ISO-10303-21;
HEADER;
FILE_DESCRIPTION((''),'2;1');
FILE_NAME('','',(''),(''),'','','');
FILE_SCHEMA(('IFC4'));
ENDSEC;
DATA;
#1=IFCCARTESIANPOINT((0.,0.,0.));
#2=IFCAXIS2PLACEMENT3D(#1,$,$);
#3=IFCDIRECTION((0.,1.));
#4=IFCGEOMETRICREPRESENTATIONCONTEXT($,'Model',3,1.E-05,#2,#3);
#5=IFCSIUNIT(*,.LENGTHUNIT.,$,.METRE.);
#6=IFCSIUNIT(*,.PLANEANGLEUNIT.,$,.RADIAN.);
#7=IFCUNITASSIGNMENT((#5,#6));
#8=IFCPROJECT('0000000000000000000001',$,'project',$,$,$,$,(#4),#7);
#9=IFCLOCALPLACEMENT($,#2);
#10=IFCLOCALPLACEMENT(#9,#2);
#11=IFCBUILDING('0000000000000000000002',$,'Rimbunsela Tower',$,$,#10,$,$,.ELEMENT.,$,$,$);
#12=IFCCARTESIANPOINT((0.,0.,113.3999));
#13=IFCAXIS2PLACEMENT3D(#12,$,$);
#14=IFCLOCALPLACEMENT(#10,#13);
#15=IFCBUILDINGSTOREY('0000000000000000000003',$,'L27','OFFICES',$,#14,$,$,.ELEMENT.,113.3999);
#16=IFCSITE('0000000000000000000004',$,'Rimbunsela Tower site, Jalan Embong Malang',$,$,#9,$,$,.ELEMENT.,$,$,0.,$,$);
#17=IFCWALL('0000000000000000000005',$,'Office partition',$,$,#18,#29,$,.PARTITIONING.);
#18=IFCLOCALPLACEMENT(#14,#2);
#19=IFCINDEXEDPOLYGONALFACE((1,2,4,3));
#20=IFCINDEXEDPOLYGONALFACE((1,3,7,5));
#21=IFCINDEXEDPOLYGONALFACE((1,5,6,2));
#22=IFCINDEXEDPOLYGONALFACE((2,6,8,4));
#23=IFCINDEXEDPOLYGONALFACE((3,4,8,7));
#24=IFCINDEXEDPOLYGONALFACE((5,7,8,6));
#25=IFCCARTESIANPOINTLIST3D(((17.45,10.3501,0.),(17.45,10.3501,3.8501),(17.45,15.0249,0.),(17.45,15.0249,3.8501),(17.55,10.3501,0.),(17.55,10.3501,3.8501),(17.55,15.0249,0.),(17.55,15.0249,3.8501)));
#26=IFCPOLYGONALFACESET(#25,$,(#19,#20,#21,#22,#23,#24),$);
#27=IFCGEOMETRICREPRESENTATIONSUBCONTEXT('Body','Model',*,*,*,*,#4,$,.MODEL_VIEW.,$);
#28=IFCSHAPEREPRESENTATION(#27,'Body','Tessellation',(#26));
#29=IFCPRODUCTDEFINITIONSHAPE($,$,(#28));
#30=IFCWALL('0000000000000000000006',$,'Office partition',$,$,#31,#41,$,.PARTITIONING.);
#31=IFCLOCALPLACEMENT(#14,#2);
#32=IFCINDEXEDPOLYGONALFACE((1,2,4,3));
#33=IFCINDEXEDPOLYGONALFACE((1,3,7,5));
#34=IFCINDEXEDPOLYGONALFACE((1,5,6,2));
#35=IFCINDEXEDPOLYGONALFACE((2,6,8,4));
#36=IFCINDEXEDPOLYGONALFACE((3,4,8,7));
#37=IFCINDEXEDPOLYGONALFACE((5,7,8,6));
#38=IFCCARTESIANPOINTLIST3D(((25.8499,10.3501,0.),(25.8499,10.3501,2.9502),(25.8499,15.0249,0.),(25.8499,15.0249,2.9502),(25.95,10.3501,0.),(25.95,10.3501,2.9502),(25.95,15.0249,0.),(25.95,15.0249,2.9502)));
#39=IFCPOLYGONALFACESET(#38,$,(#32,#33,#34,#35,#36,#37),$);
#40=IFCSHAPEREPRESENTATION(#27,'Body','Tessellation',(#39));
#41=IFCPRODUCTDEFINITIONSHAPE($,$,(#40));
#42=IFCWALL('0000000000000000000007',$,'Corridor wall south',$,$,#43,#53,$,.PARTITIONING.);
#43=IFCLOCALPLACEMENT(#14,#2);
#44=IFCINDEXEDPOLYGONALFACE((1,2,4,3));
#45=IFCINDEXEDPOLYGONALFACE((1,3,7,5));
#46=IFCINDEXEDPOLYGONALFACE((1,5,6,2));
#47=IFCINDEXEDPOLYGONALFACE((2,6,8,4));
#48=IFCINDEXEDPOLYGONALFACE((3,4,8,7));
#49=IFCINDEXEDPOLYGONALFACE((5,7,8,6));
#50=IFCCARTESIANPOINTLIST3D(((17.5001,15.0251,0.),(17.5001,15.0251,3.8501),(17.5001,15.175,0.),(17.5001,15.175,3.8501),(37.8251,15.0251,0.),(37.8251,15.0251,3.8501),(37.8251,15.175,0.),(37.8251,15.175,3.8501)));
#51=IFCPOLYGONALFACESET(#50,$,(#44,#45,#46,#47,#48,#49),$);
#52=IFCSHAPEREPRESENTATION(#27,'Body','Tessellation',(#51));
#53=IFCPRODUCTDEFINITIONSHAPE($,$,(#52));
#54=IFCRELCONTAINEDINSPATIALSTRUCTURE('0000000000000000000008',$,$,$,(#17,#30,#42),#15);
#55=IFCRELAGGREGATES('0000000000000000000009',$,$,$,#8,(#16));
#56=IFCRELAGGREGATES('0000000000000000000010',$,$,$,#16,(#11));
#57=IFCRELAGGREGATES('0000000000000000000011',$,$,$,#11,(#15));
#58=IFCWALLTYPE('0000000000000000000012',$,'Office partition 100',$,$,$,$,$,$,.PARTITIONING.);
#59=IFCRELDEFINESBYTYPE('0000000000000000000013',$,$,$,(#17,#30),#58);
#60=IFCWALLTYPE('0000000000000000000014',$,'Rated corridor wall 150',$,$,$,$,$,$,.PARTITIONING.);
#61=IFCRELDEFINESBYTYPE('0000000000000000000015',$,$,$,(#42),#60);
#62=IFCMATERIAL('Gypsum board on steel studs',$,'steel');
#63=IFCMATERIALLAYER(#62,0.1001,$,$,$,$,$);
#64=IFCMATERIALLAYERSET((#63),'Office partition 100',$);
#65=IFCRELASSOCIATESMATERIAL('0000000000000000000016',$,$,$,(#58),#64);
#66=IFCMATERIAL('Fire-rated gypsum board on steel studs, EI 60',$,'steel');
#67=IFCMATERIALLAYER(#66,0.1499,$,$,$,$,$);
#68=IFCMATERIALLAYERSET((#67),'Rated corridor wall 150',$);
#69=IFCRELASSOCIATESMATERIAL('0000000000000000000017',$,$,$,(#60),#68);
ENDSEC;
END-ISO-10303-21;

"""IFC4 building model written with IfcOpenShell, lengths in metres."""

from ifc_helpers import new_model, si_unit, direction, frame, frame_2d, origin, place, context, subcontext, project, spatial, rectangle, extrude, material, layer, layer_set, type_object, element, save


model = new_model("IFC4")

# Units and contexts
model_context = context("Model", 3, precision=1e-05, world=origin(), true_north=direction((0.0, 1.0)))
body_context = subcontext(model_context, "Body", "Model", "MODEL_VIEW")
ifc_project = project(units=[si_unit("LENGTHUNIT", "METRE"), si_unit("PLANEANGLEUNIT", "RADIAN")], contexts=[model_context])

# Site, building, storey
site_placement = place(None, origin())
site = spatial("IfcSite", under=ifc_project, at=site_placement, Name="Rimbunsela Tower site, Jalan Embong Malang", CompositionType="ELEMENT", RefElevation=0.0)
building_placement = place(site_placement, origin())
building = spatial("IfcBuilding", under=site, at=building_placement, Name="Rimbunsela Tower", CompositionType="ELEMENT")
storey_placement = place(building_placement, frame((0.0, 0.0, 113.3999)))
storey = spatial("IfcBuildingStorey", under=building, at=storey_placement, Name="L27", Description="OFFICES", CompositionType="ELEMENT", Elevation=113.3999)

# Walls
ifc_material_1 = material(Name="Gypsum board on steel studs", Category="steel")
ifc_layer_1 = layer(ifc_material_1, 0.1001)
ifc_layer_set_1 = layer_set([ifc_layer_1], Name="Office partition 100")
wall_type_1 = type_object("IfcWallType", Name="Office partition 100", PredefinedType="PARTITIONING", material=ifc_layer_set_1)
wall_1_placement = place(storey_placement, frame((17.5, 10.3501, 0.0), z_axis=(0.0, 0.0, 1.0), x_axis=(0.0, 1.0, 0.0)))
element("IfcWall", 1, at=wall_1_placement, inside=storey, type_object=wall_type_1, Name="Office partition", PredefinedType="PARTITIONING", context=body_context, shape_type="SweptSolid", body=[
    extrude(rectangle(XDim=4.6748, YDim=0.1001, at=frame_2d((2.3374, 0.0))), origin(), (0.0, 0.0, 1.0), 3.8501),
])
wall_2_placement = place(storey_placement, frame((25.8999, 10.3501, 0.0), z_axis=(0.0, 0.0, 1.0), x_axis=(0.0, 1.0, 0.0)))
element("IfcWall", 2, at=wall_2_placement, inside=storey, type_object=wall_type_1, Name="Office partition", PredefinedType="PARTITIONING", context=body_context, shape_type="SweptSolid", body=[
    extrude(rectangle(XDim=4.6748, YDim=0.1001, at=frame_2d((2.3374, 0.0))), origin(), (0.0, 0.0, 1.0), 2.9502),
])
ifc_material_2 = material(Name="Fire-rated gypsum board on steel studs, EI 60", Category="steel")
ifc_layer_2 = layer(ifc_material_2, 0.1499)
ifc_layer_set_2 = layer_set([ifc_layer_2], Name="Rated corridor wall 150")
wall_type_2 = type_object("IfcWallType", Name="Rated corridor wall 150", PredefinedType="PARTITIONING", material=ifc_layer_set_2)
wall_3_placement = place(storey_placement, frame((17.5, 15.1001, 0.0), z_axis=(0.0, 0.0, 1.0), x_axis=(1.0, 0.0, 0.0)))
element("IfcWall", 3, at=wall_3_placement, inside=storey, type_object=wall_type_2, Name="Corridor wall south", PredefinedType="PARTITIONING", context=body_context, shape_type="SweptSolid", body=[
    extrude(rectangle(XDim=20.325, YDim=0.1499, at=frame_2d((10.1626, 0.0))), origin(), (0.0, 0.0, 1.0), 3.8501),
])

save(model, "model.ifc")
